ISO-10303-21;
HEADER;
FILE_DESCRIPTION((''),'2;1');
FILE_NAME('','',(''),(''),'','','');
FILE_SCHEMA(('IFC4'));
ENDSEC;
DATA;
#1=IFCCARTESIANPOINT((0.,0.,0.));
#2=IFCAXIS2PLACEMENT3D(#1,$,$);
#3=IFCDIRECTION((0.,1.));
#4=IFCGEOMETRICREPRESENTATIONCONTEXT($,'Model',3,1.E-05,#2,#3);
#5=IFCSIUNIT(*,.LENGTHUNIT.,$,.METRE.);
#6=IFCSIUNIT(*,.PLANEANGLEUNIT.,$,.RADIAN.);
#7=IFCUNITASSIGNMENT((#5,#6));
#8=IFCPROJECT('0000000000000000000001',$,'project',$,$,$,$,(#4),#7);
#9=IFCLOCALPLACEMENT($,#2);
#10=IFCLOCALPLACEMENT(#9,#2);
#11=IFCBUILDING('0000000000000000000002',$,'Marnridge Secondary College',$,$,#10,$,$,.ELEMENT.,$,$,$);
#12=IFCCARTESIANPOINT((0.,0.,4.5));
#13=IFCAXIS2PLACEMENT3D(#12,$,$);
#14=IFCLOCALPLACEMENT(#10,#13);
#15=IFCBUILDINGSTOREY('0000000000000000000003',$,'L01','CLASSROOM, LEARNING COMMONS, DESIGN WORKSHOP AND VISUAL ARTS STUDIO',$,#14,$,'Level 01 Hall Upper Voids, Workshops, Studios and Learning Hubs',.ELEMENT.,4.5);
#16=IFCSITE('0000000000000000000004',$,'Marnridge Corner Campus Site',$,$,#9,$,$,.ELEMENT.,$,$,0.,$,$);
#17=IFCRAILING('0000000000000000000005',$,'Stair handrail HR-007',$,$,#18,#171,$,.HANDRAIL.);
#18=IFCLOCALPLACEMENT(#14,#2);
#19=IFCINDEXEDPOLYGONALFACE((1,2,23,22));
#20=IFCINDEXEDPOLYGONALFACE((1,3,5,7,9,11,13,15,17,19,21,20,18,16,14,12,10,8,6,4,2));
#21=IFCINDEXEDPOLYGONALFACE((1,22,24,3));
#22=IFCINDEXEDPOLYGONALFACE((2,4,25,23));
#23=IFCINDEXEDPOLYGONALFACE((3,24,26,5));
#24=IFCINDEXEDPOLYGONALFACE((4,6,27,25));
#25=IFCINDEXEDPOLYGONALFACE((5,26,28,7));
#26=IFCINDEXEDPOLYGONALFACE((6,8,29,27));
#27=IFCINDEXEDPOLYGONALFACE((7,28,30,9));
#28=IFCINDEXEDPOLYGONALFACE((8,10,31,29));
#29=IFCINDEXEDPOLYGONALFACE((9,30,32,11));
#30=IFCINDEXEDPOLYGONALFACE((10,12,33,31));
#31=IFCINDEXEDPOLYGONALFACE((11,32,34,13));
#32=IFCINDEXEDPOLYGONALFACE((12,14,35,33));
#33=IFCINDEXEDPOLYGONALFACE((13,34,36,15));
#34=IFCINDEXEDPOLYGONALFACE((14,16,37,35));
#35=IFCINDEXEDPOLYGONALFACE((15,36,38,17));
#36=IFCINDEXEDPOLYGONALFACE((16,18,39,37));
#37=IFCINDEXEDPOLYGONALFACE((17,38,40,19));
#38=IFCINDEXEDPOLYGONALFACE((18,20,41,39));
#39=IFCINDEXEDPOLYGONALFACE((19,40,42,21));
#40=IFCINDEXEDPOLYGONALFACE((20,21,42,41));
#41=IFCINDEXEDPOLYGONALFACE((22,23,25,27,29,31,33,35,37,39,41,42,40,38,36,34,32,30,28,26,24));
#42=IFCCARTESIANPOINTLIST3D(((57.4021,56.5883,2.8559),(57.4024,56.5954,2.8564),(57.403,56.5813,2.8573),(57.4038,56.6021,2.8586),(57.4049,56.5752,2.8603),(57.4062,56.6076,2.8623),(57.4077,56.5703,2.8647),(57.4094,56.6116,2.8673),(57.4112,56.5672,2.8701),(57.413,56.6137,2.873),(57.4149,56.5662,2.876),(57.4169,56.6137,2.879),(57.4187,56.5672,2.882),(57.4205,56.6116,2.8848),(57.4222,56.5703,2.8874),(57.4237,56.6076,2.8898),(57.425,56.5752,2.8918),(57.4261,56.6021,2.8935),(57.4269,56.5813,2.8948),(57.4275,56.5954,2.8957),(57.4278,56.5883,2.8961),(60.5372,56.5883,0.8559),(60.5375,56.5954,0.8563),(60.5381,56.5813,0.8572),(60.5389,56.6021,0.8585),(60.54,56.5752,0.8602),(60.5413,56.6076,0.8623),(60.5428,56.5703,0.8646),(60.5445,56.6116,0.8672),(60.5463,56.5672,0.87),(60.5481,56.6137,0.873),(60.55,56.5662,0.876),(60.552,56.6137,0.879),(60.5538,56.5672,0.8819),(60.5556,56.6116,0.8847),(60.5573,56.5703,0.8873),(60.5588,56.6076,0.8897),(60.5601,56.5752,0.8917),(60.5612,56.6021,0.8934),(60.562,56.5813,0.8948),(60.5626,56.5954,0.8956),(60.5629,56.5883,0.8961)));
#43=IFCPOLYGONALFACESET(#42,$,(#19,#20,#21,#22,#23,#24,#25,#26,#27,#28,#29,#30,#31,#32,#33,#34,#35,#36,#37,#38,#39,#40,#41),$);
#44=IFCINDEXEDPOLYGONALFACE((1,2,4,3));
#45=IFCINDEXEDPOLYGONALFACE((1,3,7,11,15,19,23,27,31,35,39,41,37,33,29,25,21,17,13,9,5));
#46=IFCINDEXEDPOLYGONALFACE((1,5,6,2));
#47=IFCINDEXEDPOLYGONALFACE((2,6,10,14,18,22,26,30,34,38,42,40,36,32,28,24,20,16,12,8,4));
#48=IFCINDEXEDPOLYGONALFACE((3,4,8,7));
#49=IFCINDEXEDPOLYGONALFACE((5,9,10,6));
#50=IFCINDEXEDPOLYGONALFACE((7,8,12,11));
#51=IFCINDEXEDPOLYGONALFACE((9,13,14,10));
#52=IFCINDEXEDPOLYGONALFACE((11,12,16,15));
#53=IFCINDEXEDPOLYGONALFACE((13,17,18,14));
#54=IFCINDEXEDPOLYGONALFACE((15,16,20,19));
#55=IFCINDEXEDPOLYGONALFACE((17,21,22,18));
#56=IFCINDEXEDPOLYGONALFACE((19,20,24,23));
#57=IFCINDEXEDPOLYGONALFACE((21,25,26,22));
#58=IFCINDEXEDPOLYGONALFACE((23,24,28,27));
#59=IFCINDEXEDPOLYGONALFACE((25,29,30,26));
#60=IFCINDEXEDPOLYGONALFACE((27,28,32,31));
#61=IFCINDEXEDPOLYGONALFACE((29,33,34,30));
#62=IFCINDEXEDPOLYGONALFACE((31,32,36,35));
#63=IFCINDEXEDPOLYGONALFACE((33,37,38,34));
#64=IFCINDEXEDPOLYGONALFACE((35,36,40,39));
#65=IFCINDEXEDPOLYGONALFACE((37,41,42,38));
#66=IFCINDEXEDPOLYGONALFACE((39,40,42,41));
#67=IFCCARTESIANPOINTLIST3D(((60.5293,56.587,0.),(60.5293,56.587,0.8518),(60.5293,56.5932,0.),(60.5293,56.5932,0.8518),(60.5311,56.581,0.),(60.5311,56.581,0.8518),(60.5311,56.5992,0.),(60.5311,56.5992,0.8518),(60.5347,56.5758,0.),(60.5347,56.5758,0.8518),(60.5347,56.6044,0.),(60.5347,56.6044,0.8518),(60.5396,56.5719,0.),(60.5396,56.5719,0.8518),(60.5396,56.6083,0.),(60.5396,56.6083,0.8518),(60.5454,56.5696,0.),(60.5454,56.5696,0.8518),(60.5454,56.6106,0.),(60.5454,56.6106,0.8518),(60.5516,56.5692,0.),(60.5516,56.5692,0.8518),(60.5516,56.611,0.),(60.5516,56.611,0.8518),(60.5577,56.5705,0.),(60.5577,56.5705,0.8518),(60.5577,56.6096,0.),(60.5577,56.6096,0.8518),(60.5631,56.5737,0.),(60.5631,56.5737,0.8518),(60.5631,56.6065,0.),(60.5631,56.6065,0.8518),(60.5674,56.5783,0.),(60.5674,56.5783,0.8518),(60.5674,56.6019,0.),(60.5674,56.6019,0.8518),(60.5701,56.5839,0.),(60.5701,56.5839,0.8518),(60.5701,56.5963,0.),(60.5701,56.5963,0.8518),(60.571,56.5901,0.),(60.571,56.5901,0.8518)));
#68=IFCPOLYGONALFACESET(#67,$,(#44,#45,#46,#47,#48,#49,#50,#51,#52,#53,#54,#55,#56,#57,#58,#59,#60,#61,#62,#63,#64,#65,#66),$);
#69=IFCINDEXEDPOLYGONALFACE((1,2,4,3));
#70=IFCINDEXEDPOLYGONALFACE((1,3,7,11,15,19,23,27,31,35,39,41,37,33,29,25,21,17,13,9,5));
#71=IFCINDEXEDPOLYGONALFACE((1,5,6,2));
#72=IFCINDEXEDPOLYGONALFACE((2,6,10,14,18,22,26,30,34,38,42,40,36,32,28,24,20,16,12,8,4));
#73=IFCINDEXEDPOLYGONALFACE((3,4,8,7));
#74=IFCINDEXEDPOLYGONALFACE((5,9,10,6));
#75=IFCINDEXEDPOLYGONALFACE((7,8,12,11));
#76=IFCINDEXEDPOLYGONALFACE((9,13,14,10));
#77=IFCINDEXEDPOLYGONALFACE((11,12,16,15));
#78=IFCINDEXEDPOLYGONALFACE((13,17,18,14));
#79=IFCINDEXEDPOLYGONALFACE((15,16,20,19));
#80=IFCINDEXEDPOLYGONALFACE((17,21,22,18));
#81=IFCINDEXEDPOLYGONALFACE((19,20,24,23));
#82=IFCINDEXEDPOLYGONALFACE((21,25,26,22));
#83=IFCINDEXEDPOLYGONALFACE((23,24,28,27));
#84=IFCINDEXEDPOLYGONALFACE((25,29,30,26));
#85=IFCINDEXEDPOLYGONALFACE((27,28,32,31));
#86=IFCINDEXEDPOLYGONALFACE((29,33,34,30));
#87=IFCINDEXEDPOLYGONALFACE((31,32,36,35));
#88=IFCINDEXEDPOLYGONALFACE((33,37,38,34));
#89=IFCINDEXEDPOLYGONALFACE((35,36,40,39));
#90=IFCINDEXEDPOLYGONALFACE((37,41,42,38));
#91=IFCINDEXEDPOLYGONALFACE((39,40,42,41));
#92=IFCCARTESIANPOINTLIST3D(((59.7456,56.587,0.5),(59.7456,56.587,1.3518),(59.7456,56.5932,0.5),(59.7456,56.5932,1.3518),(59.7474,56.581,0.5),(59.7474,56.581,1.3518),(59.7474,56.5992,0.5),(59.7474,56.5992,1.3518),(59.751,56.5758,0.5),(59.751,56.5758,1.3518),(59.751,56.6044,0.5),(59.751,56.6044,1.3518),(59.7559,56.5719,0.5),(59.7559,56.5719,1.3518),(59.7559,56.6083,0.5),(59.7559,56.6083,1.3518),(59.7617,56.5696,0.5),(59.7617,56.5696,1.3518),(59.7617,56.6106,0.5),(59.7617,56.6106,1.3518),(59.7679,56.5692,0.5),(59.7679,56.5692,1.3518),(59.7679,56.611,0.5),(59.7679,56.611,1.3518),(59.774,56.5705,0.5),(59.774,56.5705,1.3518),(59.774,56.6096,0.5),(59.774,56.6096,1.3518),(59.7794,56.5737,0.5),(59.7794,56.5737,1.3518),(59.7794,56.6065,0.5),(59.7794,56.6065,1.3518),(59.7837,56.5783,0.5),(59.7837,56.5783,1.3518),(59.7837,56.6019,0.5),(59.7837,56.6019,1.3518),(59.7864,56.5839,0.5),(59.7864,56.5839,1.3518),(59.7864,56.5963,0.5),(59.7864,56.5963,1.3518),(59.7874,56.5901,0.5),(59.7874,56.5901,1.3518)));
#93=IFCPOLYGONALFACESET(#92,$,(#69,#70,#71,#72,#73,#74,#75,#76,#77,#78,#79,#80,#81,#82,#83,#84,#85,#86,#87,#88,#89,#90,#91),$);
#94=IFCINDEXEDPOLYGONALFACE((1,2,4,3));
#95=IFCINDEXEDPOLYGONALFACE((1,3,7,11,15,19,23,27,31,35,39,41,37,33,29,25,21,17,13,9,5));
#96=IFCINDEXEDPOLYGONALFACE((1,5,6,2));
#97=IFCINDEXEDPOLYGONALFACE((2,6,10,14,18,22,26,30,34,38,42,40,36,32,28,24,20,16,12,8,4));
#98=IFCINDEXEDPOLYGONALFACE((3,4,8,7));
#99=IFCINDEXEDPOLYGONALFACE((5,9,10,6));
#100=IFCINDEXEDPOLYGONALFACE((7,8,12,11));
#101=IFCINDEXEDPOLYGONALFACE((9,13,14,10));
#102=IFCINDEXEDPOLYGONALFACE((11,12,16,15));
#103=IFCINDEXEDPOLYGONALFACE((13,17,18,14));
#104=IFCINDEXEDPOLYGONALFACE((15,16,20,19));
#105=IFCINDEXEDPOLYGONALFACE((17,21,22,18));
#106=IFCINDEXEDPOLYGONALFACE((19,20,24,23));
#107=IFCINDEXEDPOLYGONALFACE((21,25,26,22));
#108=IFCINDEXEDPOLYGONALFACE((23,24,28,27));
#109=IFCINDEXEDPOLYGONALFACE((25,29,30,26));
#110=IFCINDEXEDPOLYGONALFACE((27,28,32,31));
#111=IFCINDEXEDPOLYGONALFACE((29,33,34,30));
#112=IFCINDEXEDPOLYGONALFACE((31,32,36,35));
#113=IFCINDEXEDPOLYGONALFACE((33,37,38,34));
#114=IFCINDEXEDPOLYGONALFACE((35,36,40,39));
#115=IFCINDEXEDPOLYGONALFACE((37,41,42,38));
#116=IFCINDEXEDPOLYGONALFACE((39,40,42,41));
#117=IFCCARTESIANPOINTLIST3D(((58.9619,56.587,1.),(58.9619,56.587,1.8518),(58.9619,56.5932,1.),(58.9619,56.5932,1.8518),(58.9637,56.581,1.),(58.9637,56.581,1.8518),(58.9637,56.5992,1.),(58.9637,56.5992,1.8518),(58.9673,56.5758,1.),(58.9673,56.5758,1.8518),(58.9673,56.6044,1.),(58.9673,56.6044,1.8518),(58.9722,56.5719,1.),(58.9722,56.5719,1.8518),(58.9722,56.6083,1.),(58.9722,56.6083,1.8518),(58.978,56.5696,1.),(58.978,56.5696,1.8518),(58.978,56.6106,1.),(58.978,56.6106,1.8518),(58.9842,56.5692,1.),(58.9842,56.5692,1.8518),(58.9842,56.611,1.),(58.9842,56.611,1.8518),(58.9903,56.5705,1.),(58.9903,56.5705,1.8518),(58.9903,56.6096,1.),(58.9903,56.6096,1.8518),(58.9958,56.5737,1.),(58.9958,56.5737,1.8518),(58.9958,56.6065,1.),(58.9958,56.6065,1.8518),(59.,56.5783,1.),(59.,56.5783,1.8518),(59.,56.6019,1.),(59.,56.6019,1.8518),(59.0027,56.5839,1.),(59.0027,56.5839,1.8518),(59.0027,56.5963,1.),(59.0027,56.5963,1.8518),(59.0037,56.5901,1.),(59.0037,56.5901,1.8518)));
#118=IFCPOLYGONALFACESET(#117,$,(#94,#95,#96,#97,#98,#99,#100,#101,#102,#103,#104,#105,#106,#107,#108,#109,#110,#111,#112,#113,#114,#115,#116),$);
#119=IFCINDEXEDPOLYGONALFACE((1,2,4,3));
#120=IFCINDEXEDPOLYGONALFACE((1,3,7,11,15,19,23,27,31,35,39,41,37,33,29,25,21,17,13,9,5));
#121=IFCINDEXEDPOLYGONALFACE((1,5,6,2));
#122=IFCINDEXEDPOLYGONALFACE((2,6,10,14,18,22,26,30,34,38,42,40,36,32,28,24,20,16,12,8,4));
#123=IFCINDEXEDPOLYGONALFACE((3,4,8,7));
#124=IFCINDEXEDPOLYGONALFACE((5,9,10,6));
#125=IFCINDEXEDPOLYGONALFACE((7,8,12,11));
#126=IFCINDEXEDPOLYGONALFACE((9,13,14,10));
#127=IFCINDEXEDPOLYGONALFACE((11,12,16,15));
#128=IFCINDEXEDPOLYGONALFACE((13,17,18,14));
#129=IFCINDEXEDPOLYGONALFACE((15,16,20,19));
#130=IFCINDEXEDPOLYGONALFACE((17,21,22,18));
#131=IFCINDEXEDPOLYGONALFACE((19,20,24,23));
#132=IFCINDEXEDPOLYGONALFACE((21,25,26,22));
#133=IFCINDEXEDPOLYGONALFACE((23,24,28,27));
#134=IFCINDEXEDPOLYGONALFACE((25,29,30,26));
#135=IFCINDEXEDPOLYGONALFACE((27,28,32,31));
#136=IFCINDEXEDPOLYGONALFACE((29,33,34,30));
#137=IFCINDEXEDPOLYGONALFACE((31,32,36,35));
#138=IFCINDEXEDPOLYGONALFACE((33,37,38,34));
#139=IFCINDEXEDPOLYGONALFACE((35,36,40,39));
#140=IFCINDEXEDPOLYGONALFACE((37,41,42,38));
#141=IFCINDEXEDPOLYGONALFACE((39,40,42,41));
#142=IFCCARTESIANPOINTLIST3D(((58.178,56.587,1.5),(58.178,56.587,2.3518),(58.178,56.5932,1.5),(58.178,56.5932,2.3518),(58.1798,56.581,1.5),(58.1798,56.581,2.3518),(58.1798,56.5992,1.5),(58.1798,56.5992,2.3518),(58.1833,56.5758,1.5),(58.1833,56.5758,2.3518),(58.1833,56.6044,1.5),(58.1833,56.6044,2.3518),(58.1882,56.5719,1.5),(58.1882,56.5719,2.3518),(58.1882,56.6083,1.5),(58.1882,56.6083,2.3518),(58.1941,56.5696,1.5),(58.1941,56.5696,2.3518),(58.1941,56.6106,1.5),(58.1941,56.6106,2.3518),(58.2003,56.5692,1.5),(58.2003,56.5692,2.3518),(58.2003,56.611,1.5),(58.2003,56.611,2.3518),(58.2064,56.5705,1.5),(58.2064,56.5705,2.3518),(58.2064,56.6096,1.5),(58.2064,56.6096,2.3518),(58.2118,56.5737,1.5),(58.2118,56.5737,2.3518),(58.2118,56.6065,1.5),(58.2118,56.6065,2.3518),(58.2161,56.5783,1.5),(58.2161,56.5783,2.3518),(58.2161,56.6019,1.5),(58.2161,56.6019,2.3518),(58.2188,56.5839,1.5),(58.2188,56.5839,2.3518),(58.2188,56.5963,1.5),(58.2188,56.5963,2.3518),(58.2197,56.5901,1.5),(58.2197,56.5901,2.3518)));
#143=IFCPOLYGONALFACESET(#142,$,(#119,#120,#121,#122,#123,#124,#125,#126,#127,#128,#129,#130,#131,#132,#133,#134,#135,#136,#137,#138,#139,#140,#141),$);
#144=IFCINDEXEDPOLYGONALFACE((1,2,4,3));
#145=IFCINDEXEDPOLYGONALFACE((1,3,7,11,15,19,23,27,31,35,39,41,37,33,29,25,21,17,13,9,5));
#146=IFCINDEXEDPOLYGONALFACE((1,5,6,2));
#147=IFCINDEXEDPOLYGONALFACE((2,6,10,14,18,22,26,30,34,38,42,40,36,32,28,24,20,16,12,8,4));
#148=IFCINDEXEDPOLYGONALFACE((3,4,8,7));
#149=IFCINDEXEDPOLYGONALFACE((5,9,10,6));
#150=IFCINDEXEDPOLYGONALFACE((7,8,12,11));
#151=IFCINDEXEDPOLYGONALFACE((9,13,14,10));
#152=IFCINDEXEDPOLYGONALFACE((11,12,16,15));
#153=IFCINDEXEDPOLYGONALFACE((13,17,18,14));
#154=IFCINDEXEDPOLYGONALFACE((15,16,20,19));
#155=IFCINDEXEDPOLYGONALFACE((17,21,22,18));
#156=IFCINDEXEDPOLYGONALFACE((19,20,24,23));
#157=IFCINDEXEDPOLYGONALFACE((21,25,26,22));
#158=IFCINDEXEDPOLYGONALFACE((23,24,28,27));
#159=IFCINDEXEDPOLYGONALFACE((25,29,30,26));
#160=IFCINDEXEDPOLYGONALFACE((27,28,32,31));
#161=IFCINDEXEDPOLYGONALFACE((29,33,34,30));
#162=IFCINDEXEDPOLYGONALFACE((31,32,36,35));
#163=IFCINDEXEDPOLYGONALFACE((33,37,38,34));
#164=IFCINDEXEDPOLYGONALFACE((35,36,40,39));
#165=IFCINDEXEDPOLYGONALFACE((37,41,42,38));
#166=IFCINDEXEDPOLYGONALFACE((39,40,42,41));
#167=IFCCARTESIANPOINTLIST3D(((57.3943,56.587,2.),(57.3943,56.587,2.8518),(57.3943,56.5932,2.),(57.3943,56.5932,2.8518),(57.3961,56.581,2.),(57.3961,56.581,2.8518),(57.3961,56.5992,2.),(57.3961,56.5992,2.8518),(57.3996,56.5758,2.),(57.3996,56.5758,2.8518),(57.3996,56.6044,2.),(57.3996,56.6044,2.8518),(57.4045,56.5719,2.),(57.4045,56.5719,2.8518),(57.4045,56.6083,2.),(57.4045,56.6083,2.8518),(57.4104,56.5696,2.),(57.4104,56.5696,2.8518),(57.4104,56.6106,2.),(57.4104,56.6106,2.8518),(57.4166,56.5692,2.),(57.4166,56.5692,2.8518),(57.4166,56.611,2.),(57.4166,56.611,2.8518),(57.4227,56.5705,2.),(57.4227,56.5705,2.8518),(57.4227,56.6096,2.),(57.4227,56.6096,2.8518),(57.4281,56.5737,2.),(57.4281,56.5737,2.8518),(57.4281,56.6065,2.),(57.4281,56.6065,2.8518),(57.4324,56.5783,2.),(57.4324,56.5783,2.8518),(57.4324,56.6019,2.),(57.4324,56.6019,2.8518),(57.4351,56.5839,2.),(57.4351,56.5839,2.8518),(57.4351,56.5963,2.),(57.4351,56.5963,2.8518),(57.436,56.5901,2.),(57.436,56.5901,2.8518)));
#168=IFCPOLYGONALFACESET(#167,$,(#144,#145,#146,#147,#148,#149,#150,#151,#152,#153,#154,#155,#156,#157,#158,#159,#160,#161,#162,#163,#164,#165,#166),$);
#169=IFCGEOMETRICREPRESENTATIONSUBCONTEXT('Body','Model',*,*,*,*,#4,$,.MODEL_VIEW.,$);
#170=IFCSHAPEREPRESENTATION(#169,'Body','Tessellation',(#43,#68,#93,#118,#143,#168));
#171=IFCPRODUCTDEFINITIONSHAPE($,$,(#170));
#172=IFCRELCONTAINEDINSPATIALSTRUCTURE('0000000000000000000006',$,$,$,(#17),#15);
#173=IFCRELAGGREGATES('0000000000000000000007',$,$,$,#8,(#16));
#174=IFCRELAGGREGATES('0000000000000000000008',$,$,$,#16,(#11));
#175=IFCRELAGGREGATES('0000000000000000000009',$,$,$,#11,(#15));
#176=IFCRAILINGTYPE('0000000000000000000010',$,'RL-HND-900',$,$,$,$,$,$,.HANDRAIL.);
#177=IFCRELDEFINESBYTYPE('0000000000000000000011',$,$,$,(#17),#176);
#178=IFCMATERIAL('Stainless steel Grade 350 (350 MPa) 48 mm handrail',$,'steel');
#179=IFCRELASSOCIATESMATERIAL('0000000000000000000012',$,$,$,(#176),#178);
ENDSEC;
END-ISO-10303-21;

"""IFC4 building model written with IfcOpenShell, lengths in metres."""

from ifc_helpers import new_model, si_unit, direction, frame, origin, origin_2d, place, context, subcontext, project, spatial, circle, extrude, material, type_object, element, save


model = new_model("IFC4")

# Units and contexts
model_context = context("Model", 3, precision=1e-05, world=origin(), true_north=direction((0.0, 1.0)))
body_context = subcontext(model_context, "Body", "Model", "MODEL_VIEW")
ifc_project = project(units=[si_unit("LENGTHUNIT", "METRE"), si_unit("PLANEANGLEUNIT", "RADIAN")], contexts=[model_context])

# Site, building, storey
site_placement = place(None, origin())
site = spatial("IfcSite", under=ifc_project, at=site_placement, Name="Marnridge Corner Campus Site", CompositionType="ELEMENT", RefElevation=0.0)
building_placement = place(site_placement, origin())
building = spatial("IfcBuilding", under=site, at=building_placement, Name="Marnridge Secondary College", CompositionType="ELEMENT")
storey_placement = place(building_placement, frame((0.0, 0.0, 4.5)))
storey = spatial("IfcBuildingStorey", under=building, at=storey_placement, Name="L01", Description="CLASSROOM, LEARNING COMMONS, DESIGN WORKSHOP AND VISUAL ARTS STUDIO", LongName="Level 01 Hall Upper Voids, Workshops, Studios and Learning Hubs", CompositionType="ELEMENT", Elevation=4.5)

# Railing
ifc_material_1 = material(Name="Stainless steel Grade 350 (350 MPa) 48 mm handrail", Category="steel")
railing_type_1 = type_object("IfcRailingType", Name="RL-HND-900", PredefinedType="HANDRAIL", material=ifc_material_1)
for number, where, name in (
    (1, (60.55, 56.5901, 0.0), "Stair handrail HR-007"),
):
    element("IfcRailing", number, at=place(storey_placement, frame(where)), inside=storey, type_object=railing_type_1, Name=name, PredefinedType="HANDRAIL", context=body_context, shape_type="SweptSolid", body=[
        extrude(circle(Radius=0.0239, at=origin_2d()), frame((0.0, 0.0, 0.876), z_axis=(-0.843053, 0.0, 0.537831), x_axis=(0.0, -1.0, 0.0)), (0.0, 0.0, 1.0), 3.7188),
        extrude(circle(Radius=0.021, at=origin_2d()), origin(), (0.0, 0.0, 1.0), 0.8518),
        extrude(circle(Radius=0.021, at=origin_2d()), frame((-0.7837, 0.0, 0.5)), (0.0, 0.0, 1.0), 0.8518),
        extrude(circle(Radius=0.021, at=origin_2d()), frame((-1.5674, 0.0, 1.0)), (0.0, 0.0, 1.0), 0.8518),
        extrude(circle(Radius=0.021, at=origin_2d()), frame((-2.3513, 0.0, 1.5)), (0.0, 0.0, 1.0), 0.8518),
        extrude(circle(Radius=0.021, at=origin_2d()), frame((-3.135, 0.0, 2.0)), (0.0, 0.0, 1.0), 0.8518),
    ])

save(model, "model.ifc")
